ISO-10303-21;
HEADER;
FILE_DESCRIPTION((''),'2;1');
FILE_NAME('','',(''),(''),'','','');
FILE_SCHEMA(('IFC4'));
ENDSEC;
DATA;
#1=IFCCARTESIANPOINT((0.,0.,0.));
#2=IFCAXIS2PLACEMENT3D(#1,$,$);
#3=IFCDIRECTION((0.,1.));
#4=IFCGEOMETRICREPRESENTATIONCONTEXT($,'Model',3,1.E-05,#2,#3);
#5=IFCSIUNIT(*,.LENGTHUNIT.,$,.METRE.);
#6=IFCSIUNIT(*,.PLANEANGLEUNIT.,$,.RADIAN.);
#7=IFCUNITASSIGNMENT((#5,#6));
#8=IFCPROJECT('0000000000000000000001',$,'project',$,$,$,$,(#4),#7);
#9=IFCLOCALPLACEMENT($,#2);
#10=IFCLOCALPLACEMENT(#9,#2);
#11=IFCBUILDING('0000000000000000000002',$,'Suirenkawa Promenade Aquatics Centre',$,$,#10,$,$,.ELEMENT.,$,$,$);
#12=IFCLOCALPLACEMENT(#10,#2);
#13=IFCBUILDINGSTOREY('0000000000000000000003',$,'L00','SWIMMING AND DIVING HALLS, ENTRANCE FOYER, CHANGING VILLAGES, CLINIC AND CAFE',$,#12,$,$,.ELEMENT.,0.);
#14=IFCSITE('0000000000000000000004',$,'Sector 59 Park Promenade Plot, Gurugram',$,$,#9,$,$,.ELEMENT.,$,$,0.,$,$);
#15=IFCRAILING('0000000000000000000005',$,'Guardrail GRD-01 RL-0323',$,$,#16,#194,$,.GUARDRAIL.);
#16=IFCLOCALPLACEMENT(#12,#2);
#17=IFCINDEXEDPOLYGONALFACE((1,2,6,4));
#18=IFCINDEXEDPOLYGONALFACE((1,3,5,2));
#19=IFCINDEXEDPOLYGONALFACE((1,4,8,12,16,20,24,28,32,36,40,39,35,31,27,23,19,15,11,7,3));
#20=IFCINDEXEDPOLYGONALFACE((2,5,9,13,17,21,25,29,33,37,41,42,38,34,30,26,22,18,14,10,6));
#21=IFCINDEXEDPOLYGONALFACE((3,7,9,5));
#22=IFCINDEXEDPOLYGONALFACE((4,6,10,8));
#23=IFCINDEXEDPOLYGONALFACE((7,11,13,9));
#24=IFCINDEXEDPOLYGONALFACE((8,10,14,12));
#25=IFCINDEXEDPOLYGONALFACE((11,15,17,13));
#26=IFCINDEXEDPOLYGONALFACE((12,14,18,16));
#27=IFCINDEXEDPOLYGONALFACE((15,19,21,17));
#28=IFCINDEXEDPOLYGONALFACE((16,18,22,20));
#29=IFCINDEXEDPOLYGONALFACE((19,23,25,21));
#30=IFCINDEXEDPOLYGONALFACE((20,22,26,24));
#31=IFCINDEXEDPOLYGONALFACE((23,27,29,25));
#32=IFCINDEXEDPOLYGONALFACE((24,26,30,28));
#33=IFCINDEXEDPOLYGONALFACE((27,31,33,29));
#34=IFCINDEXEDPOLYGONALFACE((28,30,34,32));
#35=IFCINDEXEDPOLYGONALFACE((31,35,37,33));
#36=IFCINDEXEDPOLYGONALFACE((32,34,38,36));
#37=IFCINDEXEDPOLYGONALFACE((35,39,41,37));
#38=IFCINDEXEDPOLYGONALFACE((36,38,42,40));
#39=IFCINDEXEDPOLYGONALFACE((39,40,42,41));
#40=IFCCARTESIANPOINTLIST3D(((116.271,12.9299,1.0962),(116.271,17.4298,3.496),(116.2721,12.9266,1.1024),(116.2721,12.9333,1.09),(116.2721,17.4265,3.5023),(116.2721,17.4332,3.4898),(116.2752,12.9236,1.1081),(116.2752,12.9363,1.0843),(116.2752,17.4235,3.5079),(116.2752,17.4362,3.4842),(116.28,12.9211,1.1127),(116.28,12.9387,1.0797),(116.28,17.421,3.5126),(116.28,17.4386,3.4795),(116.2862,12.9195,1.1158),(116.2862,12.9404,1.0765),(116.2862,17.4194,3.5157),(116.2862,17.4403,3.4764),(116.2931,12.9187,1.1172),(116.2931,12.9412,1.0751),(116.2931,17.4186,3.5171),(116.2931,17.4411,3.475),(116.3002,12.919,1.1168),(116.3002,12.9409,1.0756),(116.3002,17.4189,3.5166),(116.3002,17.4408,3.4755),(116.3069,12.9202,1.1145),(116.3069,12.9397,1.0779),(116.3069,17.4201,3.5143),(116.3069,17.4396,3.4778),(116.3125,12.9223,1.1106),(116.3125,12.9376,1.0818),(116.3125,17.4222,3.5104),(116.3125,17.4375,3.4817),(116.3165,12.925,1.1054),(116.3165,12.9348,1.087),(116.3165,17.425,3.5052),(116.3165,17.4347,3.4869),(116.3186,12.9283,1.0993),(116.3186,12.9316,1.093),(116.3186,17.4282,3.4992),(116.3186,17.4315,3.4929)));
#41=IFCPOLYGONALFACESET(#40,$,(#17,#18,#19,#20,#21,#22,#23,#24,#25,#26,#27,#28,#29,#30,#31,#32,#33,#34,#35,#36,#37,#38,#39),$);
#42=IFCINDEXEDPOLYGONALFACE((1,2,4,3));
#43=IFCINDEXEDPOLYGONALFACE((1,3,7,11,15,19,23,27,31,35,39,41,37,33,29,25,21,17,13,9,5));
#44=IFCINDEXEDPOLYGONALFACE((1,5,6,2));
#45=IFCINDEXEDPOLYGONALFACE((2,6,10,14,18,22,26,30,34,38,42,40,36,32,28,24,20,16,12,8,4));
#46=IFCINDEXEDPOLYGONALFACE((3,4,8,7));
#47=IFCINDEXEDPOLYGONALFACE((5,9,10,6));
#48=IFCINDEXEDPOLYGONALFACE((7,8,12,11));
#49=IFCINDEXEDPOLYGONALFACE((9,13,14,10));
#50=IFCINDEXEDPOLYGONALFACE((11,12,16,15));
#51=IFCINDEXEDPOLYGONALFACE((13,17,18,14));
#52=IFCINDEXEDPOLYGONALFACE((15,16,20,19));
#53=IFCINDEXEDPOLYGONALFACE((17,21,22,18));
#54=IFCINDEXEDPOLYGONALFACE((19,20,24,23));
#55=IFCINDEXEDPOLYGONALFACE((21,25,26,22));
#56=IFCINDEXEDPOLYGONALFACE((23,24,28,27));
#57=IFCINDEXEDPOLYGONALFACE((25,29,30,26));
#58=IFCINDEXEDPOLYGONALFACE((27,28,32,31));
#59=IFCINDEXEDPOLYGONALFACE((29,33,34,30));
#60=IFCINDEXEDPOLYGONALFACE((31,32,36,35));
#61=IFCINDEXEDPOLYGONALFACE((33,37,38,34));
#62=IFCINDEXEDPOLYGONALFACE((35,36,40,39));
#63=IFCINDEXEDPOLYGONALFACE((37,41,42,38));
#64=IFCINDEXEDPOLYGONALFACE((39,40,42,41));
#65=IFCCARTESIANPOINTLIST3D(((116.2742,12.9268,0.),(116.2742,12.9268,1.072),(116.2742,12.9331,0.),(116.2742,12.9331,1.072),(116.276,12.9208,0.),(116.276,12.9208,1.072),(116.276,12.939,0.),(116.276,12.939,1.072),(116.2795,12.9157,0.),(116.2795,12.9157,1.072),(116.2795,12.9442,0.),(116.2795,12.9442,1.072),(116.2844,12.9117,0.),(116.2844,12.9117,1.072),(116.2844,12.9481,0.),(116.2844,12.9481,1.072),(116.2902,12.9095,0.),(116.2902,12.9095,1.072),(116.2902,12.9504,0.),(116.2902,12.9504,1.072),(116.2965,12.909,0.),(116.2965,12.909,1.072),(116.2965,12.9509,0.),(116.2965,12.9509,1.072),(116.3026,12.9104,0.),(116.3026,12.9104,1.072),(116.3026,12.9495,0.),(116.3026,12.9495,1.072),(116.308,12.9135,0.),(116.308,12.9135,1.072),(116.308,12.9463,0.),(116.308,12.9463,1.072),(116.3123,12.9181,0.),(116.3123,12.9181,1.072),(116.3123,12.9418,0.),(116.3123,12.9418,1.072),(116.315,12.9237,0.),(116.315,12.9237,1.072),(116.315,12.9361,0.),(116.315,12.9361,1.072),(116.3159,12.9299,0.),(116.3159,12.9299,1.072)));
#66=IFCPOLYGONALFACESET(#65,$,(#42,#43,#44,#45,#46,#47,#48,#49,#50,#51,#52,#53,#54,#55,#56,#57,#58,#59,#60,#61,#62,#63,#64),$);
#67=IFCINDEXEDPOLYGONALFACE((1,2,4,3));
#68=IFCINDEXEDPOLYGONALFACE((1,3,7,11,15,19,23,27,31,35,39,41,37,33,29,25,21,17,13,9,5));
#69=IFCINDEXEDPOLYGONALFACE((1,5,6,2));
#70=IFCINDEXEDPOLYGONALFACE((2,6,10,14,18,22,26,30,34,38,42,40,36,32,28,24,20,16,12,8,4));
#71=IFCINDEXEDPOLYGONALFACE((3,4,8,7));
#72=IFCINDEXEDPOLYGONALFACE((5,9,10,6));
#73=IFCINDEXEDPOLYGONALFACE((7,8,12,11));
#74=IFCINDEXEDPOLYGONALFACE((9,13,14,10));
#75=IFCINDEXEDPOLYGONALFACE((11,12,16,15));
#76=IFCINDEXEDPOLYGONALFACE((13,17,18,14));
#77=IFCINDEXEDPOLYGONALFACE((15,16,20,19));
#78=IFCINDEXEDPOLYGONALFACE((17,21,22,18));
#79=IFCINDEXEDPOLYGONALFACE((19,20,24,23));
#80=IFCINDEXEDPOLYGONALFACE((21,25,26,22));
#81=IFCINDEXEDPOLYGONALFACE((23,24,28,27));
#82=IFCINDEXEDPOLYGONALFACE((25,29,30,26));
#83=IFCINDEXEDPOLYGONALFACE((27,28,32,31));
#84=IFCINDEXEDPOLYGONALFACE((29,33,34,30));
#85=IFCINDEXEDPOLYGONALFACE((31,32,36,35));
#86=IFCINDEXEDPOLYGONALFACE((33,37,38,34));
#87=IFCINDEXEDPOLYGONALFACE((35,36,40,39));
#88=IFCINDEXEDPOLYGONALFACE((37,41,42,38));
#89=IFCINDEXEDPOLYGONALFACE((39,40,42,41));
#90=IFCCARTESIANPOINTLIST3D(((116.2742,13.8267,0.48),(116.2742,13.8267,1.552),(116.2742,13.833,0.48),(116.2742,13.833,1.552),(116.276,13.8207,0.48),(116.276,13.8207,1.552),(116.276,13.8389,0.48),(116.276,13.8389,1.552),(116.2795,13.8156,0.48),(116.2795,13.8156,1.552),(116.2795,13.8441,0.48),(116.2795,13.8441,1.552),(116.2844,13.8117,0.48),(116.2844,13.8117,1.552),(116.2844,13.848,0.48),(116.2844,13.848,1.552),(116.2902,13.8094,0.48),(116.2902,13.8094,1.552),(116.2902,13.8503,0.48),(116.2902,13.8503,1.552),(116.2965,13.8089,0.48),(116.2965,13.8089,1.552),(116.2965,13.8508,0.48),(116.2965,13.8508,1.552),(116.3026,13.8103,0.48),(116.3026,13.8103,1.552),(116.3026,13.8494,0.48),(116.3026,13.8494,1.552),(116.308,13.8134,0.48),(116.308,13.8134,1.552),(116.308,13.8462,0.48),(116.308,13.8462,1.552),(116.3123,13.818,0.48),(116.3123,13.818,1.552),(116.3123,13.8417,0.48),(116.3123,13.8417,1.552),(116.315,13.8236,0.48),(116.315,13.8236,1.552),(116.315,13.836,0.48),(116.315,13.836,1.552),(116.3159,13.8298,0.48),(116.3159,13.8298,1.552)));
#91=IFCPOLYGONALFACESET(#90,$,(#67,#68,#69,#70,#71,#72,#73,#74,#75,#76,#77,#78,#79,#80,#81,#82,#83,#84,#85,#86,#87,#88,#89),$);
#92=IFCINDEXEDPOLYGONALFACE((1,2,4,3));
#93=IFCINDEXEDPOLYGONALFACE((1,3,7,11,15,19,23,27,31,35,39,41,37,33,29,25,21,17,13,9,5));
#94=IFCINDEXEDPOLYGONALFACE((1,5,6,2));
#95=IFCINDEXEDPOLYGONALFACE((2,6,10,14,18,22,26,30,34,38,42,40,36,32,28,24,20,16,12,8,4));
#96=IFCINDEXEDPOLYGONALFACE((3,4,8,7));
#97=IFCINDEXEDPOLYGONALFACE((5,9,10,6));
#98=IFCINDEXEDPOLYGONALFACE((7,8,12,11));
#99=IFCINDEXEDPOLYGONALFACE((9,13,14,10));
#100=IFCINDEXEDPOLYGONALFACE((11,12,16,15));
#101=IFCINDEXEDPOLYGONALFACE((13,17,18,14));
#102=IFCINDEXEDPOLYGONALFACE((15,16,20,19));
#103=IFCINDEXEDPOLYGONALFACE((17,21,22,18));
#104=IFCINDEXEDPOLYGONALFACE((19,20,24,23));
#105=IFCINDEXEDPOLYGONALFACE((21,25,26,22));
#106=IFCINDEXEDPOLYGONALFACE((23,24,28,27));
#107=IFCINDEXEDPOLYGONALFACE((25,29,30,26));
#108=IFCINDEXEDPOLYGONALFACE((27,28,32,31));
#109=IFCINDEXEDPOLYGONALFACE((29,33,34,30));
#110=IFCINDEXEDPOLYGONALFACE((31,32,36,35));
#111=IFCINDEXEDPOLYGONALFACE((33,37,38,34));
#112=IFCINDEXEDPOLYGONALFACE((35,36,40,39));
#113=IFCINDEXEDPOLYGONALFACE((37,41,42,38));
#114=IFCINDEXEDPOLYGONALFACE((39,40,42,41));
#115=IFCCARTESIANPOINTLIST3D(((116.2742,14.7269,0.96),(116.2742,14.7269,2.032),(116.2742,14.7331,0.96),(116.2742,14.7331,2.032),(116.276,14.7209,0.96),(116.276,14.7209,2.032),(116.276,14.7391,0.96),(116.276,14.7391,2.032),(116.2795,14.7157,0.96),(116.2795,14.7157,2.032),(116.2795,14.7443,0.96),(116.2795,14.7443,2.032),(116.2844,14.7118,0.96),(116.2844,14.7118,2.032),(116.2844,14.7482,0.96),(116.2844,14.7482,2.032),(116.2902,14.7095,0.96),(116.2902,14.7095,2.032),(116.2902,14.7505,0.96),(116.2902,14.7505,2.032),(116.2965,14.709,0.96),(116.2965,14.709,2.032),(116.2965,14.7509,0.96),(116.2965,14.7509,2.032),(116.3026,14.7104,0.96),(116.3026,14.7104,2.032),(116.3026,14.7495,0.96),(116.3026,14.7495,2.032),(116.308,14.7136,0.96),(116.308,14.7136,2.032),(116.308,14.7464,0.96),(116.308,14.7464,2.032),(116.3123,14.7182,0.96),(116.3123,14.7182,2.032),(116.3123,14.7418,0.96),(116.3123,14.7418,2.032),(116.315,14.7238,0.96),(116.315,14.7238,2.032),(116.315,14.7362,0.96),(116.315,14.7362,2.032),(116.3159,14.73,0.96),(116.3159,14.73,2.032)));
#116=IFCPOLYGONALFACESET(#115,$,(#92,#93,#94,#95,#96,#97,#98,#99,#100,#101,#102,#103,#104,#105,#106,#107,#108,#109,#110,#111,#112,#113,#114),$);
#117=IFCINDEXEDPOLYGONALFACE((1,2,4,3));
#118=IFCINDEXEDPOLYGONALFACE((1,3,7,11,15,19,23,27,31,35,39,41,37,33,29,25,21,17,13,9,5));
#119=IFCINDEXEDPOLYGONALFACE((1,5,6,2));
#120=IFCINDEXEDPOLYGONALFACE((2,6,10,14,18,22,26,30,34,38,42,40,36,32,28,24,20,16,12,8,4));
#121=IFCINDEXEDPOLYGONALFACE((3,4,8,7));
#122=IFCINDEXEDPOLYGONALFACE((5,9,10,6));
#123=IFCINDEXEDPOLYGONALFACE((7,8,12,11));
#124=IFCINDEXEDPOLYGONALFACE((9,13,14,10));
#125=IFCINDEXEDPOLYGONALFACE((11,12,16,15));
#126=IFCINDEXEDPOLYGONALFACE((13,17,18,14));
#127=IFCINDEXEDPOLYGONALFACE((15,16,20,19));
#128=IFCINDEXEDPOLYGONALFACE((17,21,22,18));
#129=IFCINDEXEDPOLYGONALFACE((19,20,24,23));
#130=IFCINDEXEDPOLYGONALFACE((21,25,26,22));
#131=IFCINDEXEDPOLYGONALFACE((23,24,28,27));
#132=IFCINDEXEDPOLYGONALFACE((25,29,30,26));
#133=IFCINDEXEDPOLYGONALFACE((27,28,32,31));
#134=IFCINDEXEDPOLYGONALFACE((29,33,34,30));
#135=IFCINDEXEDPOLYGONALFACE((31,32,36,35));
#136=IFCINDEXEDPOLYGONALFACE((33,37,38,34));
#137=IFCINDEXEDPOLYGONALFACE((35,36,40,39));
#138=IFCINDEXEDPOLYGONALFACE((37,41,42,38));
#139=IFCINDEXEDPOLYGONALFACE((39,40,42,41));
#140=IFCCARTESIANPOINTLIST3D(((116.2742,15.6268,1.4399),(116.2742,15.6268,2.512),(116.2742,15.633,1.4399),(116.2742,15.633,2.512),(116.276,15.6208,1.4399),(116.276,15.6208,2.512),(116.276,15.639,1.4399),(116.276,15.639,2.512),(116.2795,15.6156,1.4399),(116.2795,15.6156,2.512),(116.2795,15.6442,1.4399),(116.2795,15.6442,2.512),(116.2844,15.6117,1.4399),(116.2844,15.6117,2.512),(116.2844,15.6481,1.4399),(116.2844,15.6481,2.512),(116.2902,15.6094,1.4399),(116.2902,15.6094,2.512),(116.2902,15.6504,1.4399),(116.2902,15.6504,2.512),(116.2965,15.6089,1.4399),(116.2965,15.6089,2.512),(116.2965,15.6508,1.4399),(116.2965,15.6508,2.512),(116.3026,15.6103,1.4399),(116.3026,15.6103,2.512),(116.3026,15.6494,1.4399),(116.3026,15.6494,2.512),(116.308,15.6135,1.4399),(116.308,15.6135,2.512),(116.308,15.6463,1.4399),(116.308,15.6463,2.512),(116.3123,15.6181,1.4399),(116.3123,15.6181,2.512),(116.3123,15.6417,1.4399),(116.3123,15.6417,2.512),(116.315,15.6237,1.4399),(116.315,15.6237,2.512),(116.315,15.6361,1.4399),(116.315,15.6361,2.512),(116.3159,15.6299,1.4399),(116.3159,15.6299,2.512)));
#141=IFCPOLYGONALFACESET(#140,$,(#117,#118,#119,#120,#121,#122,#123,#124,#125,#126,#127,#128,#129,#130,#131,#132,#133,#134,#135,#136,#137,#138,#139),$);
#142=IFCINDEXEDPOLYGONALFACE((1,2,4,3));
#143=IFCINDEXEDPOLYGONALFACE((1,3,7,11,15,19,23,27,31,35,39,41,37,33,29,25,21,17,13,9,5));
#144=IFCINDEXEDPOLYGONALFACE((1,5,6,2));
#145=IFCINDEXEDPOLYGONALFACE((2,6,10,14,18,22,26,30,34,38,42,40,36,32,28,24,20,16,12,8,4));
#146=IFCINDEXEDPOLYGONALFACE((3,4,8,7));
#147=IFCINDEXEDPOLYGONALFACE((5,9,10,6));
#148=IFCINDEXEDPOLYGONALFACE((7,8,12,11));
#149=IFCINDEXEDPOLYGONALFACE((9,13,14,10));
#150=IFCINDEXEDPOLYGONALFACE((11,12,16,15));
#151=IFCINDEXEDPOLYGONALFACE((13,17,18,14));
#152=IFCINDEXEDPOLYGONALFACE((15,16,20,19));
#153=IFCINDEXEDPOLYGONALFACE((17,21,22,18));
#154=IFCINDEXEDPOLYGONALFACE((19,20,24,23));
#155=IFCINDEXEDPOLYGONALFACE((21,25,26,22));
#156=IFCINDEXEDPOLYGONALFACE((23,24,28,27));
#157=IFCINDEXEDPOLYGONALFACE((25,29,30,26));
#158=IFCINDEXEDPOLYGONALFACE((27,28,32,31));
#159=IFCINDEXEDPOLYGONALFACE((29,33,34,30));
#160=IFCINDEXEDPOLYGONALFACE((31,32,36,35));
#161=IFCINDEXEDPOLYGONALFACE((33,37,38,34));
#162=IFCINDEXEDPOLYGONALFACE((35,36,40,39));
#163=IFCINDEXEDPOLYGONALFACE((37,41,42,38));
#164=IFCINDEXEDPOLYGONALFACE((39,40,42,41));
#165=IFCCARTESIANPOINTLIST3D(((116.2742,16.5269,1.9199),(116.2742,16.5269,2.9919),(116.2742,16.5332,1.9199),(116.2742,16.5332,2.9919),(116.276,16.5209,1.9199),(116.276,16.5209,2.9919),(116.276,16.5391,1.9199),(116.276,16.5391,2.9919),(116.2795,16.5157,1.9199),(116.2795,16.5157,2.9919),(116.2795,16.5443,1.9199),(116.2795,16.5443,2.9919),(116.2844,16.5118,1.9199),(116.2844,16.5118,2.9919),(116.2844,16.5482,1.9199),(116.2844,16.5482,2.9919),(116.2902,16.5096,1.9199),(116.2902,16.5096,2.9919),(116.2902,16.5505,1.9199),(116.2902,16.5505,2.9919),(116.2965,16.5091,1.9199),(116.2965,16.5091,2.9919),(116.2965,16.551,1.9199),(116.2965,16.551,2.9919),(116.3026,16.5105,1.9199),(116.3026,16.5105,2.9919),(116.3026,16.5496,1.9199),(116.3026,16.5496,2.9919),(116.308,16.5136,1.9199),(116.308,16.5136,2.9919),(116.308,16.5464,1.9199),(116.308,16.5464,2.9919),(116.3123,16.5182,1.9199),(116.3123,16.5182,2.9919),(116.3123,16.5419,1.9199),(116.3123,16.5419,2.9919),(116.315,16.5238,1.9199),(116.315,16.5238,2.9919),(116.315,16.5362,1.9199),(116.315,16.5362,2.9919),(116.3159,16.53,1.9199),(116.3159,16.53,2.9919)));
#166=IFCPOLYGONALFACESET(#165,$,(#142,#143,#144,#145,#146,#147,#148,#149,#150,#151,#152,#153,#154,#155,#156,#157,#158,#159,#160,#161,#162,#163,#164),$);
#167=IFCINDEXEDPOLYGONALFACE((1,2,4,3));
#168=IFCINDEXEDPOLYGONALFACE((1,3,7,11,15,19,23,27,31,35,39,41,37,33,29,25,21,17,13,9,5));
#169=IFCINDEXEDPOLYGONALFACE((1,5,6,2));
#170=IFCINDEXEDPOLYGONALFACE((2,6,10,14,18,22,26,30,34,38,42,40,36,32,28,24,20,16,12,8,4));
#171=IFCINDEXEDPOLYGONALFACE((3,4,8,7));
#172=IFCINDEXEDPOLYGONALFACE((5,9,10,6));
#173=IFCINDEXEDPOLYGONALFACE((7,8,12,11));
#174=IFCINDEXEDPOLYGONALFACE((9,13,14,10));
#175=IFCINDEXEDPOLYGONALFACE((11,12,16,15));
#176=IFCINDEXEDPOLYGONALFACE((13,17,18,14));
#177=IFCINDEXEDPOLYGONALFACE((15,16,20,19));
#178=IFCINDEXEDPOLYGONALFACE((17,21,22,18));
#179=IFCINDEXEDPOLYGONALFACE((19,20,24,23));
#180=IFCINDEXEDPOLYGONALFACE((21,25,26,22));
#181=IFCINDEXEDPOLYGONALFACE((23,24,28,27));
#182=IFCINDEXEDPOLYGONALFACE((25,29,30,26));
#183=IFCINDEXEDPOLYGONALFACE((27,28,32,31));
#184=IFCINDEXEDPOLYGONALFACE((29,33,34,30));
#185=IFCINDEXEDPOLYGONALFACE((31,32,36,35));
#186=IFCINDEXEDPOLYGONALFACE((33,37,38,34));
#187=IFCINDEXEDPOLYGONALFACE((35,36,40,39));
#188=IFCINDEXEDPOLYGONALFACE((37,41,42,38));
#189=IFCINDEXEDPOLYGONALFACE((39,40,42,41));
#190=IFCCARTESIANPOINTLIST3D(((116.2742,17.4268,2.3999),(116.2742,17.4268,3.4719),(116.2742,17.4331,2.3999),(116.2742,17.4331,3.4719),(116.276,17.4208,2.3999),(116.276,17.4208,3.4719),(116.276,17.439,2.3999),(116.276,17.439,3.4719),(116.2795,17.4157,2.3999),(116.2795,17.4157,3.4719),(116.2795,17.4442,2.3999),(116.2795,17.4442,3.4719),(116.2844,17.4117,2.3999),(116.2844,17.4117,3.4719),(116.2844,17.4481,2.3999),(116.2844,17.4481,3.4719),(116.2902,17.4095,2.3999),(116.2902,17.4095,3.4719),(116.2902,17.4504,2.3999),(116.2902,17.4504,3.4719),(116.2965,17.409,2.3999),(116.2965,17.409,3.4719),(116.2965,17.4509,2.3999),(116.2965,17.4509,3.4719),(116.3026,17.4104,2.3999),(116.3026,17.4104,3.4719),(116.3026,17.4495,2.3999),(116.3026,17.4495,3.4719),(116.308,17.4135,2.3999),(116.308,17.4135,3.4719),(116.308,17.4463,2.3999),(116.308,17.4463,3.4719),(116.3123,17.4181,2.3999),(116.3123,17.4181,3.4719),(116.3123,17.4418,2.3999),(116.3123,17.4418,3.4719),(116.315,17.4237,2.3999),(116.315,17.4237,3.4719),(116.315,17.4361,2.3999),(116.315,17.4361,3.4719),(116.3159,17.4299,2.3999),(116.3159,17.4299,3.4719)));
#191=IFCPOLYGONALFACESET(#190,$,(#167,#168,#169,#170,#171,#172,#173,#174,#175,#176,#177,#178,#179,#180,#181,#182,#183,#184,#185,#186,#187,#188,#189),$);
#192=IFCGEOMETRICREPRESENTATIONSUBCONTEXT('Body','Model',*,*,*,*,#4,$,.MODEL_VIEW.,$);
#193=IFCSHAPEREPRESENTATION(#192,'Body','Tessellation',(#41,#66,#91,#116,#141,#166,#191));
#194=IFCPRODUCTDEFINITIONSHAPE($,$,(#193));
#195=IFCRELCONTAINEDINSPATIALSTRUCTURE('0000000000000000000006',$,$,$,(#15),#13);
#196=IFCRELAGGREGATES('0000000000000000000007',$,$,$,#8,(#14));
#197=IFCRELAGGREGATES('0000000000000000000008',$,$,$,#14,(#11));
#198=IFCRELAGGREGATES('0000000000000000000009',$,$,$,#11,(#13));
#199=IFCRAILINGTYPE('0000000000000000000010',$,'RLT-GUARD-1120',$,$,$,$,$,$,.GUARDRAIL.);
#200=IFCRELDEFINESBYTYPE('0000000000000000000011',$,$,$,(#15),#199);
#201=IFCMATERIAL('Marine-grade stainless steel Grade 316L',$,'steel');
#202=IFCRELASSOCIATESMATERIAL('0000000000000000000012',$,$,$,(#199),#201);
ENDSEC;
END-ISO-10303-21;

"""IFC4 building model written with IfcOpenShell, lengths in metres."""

from ifc_helpers import new_model, si_unit, direction, frame, origin, origin_2d, place, context, subcontext, project, spatial, circle, extrude, material, type_object, element, save


model = new_model("IFC4")

# Units and contexts
model_context = context("Model", 3, precision=1e-05, world=origin(), true_north=direction((0.0, 1.0)))
body_context = subcontext(model_context, "Body", "Model", "MODEL_VIEW")
ifc_project = project(units=[si_unit("LENGTHUNIT", "METRE"), si_unit("PLANEANGLEUNIT", "RADIAN")], contexts=[model_context])

# Site, building, storey
site_placement = place(None, origin())
site = spatial("IfcSite", under=ifc_project, at=site_placement, Name="Sector 59 Park Promenade Plot, Gurugram", CompositionType="ELEMENT", RefElevation=0.0)
building_placement = place(site_placement, origin())
building = spatial("IfcBuilding", under=site, at=building_placement, Name="Suirenkawa Promenade Aquatics Centre", CompositionType="ELEMENT")
storey_placement = place(building_placement, origin())
storey = spatial("IfcBuildingStorey", under=building, at=storey_placement, Name="L00", Description="SWIMMING AND DIVING HALLS, ENTRANCE FOYER, CHANGING VILLAGES, CLINIC AND CAFE", CompositionType="ELEMENT", Elevation=0.0)

# Railing
ifc_material_1 = material(Name="Marine-grade stainless steel Grade 316L", Category="steel")
railing_type_1 = type_object("IfcRailingType", Name="RLT-GUARD-1120", PredefinedType="GUARDRAIL", material=ifc_material_1)
for number, where, name in (
    (1, (116.2949, 12.9299, 0.0), "Guardrail GRD-01 RL-0323"),
):
    element("IfcRailing", number, at=place(storey_placement, frame(where)), inside=storey, type_object=railing_type_1, Name=name, PredefinedType="GUARDRAIL", context=body_context, shape_type="SweptSolid", body=[
        extrude(circle(Radius=0.0239, at=origin_2d()), frame((0.0, 0.0, 1.0962), z_axis=(0.0, 0.882361, 0.470573), x_axis=(-1.0, 0.0, 0.0)), (0.0, 0.0, 1.0), 5.0999),
        extrude(circle(Radius=0.021, at=origin_2d()), origin(), (0.0, 0.0, 1.0), 1.072),
        extrude(circle(Radius=0.021, at=origin_2d()), frame((0.0, 0.8999, 0.48)), (0.0, 0.0, 1.0), 1.072),
        extrude(circle(Radius=0.021, at=origin_2d()), frame((0.0, 1.8, 0.96)), (0.0, 0.0, 1.0), 1.072),
        extrude(circle(Radius=0.021, at=origin_2d()), frame((0.0, 2.7, 1.4399)), (0.0, 0.0, 1.0), 1.072),
        extrude(circle(Radius=0.021, at=origin_2d()), frame((0.0, 3.6001, 1.9199)), (0.0, 0.0, 1.0), 1.072),
        extrude(circle(Radius=0.021, at=origin_2d()), frame((0.0, 4.5, 2.3999)), (0.0, 0.0, 1.0), 1.072),
    ])

save(model, "model.ifc")
